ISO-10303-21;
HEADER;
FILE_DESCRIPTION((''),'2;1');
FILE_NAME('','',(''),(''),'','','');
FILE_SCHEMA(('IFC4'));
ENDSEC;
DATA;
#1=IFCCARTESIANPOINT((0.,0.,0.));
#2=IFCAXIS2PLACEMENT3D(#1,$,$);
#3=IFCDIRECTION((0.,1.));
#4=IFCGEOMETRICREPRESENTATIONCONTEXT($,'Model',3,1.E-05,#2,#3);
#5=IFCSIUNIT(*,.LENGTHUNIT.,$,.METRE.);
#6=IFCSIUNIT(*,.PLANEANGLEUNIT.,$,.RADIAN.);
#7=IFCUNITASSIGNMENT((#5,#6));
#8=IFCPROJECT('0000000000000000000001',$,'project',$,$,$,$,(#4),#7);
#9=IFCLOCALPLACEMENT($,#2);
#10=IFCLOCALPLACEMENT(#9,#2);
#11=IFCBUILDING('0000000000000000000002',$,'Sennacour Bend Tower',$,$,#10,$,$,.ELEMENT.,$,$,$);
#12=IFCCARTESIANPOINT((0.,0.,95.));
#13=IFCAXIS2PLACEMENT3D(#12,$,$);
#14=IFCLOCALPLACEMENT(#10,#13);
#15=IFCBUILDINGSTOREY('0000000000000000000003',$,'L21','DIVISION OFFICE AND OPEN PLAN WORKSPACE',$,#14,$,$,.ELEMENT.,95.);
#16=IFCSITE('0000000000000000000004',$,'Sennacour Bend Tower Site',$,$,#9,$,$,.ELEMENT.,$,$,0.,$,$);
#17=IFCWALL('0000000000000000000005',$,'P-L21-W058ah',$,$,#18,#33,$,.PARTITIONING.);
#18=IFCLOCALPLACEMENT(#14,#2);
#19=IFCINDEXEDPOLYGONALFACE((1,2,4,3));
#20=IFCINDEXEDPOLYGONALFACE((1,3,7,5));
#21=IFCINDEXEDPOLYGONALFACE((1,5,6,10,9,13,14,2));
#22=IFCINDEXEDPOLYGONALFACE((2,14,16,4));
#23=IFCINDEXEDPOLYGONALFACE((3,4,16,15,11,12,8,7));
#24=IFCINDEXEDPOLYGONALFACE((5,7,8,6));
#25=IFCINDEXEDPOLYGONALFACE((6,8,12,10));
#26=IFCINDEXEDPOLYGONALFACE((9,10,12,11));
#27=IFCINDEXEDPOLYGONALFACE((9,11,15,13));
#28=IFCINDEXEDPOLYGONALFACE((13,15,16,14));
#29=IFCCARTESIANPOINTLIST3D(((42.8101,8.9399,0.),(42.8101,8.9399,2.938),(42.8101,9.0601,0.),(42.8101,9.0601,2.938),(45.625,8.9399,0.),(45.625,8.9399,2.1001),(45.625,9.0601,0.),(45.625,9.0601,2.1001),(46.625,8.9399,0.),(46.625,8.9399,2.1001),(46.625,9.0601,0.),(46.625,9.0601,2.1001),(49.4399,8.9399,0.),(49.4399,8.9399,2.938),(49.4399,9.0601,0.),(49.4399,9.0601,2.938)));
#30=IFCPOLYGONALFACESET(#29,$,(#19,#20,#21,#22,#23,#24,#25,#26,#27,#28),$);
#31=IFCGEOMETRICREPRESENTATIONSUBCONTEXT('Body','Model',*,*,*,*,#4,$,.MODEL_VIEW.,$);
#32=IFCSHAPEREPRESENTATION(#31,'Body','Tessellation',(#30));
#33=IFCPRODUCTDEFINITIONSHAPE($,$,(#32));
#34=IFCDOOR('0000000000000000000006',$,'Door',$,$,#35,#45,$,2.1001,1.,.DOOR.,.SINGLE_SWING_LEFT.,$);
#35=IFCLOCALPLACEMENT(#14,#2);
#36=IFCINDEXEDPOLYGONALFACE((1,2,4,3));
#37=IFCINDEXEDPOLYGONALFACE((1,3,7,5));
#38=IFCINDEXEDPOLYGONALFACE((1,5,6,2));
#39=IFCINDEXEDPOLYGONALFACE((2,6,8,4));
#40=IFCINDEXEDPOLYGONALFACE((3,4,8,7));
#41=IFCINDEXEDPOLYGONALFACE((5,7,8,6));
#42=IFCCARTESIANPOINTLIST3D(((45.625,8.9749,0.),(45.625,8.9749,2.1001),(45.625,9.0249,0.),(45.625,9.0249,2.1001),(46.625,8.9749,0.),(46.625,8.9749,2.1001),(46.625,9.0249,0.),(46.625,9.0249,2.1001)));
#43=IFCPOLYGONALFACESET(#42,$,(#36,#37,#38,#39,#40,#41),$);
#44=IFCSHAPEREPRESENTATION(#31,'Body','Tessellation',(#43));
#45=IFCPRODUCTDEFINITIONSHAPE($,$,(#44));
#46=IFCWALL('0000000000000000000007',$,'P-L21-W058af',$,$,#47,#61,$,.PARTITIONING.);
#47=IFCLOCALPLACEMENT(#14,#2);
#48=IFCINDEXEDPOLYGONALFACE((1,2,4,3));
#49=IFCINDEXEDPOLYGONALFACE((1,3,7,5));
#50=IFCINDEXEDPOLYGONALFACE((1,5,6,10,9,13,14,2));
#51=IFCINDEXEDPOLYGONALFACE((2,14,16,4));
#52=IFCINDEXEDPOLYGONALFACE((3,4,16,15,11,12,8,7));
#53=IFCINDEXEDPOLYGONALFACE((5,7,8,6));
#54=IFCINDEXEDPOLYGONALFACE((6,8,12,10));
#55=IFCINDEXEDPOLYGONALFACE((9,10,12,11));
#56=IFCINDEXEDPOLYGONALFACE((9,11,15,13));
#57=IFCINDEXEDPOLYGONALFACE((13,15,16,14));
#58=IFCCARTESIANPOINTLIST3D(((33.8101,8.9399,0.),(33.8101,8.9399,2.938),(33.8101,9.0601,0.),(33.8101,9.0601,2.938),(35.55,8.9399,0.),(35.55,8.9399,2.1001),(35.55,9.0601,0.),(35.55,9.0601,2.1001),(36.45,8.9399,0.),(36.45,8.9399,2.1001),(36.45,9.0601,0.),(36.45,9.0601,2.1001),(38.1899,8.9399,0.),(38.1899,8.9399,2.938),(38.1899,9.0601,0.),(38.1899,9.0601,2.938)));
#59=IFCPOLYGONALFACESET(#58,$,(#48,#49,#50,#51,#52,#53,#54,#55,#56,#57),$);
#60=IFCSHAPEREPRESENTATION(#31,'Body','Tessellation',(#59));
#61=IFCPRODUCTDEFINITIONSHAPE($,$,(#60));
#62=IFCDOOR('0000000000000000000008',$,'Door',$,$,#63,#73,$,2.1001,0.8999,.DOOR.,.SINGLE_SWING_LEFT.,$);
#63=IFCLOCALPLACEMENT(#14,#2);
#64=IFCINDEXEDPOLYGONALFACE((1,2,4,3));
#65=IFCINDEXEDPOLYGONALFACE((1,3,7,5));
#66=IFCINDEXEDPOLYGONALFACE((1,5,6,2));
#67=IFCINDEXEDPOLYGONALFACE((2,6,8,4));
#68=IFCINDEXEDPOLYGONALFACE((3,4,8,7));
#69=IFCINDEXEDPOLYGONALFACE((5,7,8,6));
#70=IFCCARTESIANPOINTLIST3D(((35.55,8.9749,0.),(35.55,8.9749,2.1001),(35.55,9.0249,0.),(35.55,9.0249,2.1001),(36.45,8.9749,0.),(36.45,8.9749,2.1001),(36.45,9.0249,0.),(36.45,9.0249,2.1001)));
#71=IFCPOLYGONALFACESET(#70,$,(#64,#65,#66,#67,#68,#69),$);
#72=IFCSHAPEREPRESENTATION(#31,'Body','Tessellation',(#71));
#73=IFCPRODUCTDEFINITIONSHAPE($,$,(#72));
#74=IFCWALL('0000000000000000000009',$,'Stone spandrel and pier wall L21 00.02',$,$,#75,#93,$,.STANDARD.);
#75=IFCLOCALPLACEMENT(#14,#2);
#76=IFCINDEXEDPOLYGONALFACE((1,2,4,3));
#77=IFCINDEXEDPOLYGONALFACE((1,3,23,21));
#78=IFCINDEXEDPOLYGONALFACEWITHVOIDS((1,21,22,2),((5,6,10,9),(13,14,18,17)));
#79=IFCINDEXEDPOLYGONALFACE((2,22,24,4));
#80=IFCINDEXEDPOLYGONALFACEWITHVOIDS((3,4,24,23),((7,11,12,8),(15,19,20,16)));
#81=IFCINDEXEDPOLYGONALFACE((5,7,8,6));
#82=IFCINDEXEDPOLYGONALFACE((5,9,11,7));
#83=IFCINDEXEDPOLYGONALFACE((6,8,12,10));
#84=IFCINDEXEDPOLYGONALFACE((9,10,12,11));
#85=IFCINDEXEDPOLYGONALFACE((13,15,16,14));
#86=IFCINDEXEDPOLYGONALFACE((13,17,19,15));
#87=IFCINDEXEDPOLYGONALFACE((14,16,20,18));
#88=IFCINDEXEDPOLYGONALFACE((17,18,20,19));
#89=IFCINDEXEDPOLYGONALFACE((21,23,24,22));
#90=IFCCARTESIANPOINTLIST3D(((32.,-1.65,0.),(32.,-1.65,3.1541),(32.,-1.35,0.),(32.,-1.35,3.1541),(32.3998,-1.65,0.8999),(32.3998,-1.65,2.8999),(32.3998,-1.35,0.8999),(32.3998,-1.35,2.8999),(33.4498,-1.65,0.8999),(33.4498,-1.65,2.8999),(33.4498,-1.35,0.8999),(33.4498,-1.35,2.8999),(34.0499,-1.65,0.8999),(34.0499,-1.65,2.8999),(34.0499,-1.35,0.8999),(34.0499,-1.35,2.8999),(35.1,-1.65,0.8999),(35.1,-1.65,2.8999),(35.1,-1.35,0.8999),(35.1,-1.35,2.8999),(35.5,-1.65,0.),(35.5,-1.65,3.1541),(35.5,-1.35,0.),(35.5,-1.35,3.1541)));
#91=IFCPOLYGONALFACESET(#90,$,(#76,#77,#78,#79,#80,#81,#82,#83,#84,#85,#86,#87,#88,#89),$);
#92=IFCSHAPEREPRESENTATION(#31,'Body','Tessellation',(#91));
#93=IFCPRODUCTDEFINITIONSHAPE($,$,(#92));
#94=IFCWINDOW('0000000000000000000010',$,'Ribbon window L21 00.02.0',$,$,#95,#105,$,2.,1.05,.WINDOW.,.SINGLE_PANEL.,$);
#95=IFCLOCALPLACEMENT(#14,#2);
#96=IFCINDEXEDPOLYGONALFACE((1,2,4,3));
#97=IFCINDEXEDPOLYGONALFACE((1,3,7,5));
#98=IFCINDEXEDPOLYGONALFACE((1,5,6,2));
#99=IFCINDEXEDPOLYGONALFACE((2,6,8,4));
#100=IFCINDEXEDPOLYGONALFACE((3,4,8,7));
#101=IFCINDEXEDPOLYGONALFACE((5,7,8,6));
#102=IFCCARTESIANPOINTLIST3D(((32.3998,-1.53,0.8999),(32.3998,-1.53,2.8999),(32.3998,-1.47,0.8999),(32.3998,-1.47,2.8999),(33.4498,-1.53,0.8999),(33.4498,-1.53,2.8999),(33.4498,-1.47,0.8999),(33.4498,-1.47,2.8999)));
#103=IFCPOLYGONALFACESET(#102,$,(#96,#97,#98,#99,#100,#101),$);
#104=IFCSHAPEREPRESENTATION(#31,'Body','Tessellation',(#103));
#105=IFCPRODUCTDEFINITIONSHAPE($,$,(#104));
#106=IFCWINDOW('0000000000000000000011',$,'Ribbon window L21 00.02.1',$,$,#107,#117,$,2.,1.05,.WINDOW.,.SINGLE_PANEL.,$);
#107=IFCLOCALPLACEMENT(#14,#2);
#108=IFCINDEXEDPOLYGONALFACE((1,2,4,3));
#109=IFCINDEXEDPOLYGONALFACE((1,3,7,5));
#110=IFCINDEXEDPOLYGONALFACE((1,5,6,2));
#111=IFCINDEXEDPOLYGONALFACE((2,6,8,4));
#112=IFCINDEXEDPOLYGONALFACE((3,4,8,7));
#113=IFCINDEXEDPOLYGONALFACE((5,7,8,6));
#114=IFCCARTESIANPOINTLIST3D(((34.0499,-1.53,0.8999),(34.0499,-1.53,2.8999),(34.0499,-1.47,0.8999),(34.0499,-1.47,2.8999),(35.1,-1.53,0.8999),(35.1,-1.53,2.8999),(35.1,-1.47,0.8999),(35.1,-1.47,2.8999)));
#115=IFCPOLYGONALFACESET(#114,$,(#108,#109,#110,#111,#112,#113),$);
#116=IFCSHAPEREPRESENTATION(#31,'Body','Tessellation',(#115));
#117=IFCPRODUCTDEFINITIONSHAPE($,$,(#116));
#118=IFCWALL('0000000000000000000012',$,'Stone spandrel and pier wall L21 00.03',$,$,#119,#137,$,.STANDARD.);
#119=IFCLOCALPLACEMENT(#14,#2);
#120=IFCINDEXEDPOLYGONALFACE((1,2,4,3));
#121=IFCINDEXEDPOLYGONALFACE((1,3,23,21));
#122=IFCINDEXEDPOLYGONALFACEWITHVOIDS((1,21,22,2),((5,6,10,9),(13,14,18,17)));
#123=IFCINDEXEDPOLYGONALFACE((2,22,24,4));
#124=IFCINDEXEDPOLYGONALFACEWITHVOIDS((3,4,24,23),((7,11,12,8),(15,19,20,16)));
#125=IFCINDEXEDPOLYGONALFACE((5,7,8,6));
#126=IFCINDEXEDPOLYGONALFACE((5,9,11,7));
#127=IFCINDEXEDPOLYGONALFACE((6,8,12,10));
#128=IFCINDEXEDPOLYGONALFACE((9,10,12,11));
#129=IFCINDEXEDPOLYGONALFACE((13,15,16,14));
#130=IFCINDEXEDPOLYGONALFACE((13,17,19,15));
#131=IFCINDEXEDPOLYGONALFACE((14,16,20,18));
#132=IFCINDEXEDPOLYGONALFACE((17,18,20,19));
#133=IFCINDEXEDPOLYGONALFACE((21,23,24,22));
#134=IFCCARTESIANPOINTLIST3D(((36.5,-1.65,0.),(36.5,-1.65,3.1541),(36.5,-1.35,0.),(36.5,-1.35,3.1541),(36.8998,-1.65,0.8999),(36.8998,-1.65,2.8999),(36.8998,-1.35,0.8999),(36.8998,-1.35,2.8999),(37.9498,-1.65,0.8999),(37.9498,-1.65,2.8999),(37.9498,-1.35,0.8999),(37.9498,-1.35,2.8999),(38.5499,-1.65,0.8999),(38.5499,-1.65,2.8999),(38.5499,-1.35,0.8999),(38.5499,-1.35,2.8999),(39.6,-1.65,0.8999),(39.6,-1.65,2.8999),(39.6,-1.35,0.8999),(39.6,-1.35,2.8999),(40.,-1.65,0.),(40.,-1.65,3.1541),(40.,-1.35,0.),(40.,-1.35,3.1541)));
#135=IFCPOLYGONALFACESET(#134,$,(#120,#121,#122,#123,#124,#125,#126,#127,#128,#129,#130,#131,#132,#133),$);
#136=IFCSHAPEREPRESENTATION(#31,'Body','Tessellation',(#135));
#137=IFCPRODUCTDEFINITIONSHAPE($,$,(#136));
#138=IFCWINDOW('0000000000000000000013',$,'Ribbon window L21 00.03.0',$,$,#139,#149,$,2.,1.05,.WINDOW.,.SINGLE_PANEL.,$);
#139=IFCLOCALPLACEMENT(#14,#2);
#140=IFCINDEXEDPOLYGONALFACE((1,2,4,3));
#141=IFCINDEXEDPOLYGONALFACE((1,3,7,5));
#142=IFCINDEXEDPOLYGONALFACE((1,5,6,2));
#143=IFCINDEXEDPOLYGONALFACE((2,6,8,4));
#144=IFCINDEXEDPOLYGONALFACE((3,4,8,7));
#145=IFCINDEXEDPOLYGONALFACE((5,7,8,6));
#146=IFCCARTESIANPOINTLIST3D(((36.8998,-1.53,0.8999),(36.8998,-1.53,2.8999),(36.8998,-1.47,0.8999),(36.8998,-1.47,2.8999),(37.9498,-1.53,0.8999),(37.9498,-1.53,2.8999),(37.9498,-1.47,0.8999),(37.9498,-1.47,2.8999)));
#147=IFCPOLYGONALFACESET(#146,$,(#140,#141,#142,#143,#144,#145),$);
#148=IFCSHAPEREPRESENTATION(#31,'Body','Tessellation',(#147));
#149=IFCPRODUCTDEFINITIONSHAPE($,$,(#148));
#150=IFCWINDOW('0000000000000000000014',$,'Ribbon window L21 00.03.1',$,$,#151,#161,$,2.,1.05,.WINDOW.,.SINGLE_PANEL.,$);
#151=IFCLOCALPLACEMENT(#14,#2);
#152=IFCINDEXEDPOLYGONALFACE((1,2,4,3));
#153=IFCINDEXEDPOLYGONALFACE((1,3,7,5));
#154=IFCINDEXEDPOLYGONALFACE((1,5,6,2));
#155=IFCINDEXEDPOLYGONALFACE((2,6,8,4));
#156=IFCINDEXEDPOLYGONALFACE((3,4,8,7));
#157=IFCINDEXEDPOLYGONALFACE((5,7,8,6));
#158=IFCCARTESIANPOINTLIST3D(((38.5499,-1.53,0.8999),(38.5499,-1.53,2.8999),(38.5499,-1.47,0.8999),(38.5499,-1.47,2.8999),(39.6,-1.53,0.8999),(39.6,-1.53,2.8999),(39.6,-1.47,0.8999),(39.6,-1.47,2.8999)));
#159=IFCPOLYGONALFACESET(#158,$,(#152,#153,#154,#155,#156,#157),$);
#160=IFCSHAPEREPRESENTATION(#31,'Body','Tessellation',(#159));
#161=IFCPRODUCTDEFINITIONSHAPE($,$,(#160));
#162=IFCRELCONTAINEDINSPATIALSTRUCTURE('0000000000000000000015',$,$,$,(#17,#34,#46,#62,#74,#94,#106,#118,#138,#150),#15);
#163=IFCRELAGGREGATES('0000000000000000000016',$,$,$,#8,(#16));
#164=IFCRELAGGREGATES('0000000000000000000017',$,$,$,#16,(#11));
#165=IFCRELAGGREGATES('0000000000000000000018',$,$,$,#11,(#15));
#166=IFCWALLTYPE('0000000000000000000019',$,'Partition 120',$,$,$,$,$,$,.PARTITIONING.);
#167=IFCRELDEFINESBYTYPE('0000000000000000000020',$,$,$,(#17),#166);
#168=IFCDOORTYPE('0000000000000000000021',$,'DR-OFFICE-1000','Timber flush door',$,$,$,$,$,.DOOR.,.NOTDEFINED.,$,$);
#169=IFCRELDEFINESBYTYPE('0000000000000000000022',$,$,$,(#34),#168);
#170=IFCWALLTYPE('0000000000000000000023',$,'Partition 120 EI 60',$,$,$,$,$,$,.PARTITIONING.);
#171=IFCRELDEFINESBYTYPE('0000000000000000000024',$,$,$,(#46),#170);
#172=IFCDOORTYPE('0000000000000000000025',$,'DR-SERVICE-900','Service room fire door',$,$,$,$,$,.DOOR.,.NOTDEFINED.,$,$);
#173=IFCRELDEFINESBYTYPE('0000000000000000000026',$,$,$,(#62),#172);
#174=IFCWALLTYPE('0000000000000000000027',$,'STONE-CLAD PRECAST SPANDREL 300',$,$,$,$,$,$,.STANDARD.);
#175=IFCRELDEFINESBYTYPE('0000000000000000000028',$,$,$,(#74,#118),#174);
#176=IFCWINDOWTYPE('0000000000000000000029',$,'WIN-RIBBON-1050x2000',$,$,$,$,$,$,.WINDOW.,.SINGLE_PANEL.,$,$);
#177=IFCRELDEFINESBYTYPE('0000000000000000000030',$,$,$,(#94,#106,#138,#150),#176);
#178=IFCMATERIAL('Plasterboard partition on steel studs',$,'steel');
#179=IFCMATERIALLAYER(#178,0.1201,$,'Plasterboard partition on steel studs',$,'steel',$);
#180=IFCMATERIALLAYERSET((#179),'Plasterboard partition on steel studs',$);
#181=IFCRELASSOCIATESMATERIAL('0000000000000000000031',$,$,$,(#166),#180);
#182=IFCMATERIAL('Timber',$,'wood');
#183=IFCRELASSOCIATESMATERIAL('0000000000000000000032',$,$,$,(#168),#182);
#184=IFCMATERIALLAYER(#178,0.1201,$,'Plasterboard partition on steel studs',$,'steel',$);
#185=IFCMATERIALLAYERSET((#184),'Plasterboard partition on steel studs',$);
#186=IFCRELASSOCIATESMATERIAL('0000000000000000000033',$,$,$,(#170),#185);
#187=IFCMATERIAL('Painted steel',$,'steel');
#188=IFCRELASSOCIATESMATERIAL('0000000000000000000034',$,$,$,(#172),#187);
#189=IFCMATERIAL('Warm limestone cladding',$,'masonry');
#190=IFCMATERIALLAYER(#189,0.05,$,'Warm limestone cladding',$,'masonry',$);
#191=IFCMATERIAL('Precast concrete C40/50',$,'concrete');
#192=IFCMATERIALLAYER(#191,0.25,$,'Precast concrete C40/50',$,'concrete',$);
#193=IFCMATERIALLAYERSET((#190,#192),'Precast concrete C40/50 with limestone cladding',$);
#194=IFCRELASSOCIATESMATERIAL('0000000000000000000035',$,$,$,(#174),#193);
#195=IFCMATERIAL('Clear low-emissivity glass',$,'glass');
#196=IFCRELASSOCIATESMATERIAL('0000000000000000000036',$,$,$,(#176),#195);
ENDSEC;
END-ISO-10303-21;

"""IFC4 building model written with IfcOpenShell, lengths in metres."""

from ifc_helpers import new_model, si_unit, direction, frame, frame_2d, origin, place, context, subcontext, project, spatial, rectangle, extrude, material, layer, layer_set, type_object, element, fill, save


model = new_model("IFC4")

# Units and contexts
model_context = context("Model", 3, precision=1e-05, world=origin(), true_north=direction((0.0, 1.0)))
body_context = subcontext(model_context, "Body", "Model", "MODEL_VIEW")
ifc_project = project(units=[si_unit("LENGTHUNIT", "METRE"), si_unit("PLANEANGLEUNIT", "RADIAN")], contexts=[model_context])

# Site, building, storey
site_placement = place(None, origin())
site = spatial("IfcSite", under=ifc_project, at=site_placement, Name="Sennacour Bend Tower Site", CompositionType="ELEMENT", RefElevation=0.0)
building_placement = place(site_placement, origin())
building = spatial("IfcBuilding", under=site, at=building_placement, Name="Sennacour Bend Tower", CompositionType="ELEMENT")
storey_placement = place(building_placement, frame((0.0, 0.0, 95.0)))
storey = spatial("IfcBuildingStorey", under=building, at=storey_placement, Name="L21", Description="DIVISION OFFICE AND OPEN PLAN WORKSPACE", CompositionType="ELEMENT", Elevation=95.0)

# Shared definitions
ifc_material_1 = material(Name="Plasterboard partition on steel studs", Category="steel")
ifc_layer_1 = layer(ifc_material_1, 0.1201, Name="Plasterboard partition on steel studs", Category="steel")
ifc_layer_set_1 = layer_set([ifc_layer_1], Name="Plasterboard partition on steel studs")
wall_type_1 = type_object("IfcWallType", Name="Partition 120", PredefinedType="PARTITIONING", material=ifc_layer_set_1)

# Walls, openings, doors
ifc_material_2 = material(Name="Timber", Category="wood")
door_type_1 = type_object("IfcDoorType", Name="DR-OFFICE-1000", Description="Timber flush door", OperationType="NOTDEFINED", PredefinedType="DOOR", material=ifc_material_2)
wall_1_placement = place(storey_placement, frame((42.8101, 9.0, 0.0), z_axis=(0.0, 0.0, 1.0), x_axis=(1.0, 0.0, 0.0)))
wall_1 = element("IfcWall", 1, at=wall_1_placement, inside=storey, type_object=wall_type_1, Name="P-L21-W058ah", PredefinedType="PARTITIONING", context=body_context, shape_type="SweptSolid", body=[
    extrude(rectangle(XDim=6.6299, YDim=0.1201, at=frame_2d((3.3149, 0.0))), origin(), (0.0, 0.0, 1.0), 2.938),
])
opening_1_placement = place(wall_1_placement, frame((2.8149, 0.0, 0.0)))
opening_1 = element("IfcOpeningElement", 2, at=opening_1_placement, cuts=wall_1, PredefinedType="OPENING", context=body_context, shape_type="SweptSolid", body=[
    extrude(rectangle(XDim=1.0, YDim=2.1001, at=frame_2d((0.5, 1.05))), frame((0.0, 0.0701, 0.0), z_axis=(0.0, -1.0, 0.0), x_axis=(1.0, 0.0, 0.0)), (0.0, 0.0, 1.0), 0.1401),
])
door_1_placement = place(opening_1_placement, origin())
door_1 = element("IfcDoor", 3, at=door_1_placement, inside=storey, type_object=door_type_1, Name="Door", OperationType="SINGLE_SWING_LEFT", OverallHeight=2.1001, OverallWidth=1.0, PredefinedType="DOOR", context=body_context, shape_type="SweptSolid", body=[
    extrude(rectangle(XDim=1.0, YDim=2.1001, at=frame_2d((0.5, 1.05))), frame((0.0, 0.0249, 0.0), z_axis=(0.0, -1.0, 0.0), x_axis=(1.0, 0.0, 0.0)), (0.0, 0.0, 1.0), 0.05),
])
fill(opening_1, door_1)
ifc_layer_2 = layer(ifc_material_1, 0.1201, Name="Plasterboard partition on steel studs", Category="steel")
ifc_layer_set_2 = layer_set([ifc_layer_2], Name="Plasterboard partition on steel studs")
wall_type_2 = type_object("IfcWallType", Name="Partition 120 EI 60", PredefinedType="PARTITIONING", material=ifc_layer_set_2)
wall_2_placement = place(storey_placement, frame((33.8101, 9.0, 0.0), z_axis=(0.0, 0.0, 1.0), x_axis=(1.0, 0.0, 0.0)))
wall_2 = element("IfcWall", 4, at=wall_2_placement, inside=storey, type_object=wall_type_2, Name="P-L21-W058af", PredefinedType="PARTITIONING", context=body_context, shape_type="SweptSolid", body=[
    extrude(rectangle(XDim=4.3799, YDim=0.1201, at=frame_2d((2.1899, 0.0))), origin(), (0.0, 0.0, 1.0), 2.938),
])
opening_2_placement = place(wall_2_placement, frame((1.74, 0.0, 0.0)))
opening_2 = element("IfcOpeningElement", 5, at=opening_2_placement, cuts=wall_2, PredefinedType="OPENING", context=body_context, shape_type="SweptSolid", body=[
    extrude(rectangle(XDim=0.8999, YDim=2.1001, at=frame_2d((0.45, 1.05))), frame((0.0, 0.0701, 0.0), z_axis=(0.0, -1.0, 0.0), x_axis=(1.0, 0.0, 0.0)), (0.0, 0.0, 1.0), 0.1401),
])
ifc_material_3 = material(Name="Painted steel", Category="steel")
door_type_2 = type_object("IfcDoorType", Name="DR-SERVICE-900", Description="Service room fire door", OperationType="NOTDEFINED", PredefinedType="DOOR", material=ifc_material_3)
door_2_placement = place(opening_2_placement, origin())
door_2 = element("IfcDoor", 6, at=door_2_placement, inside=storey, type_object=door_type_2, Name="Door", OperationType="SINGLE_SWING_LEFT", OverallHeight=2.1001, OverallWidth=0.8999, PredefinedType="DOOR", context=body_context, shape_type="SweptSolid", body=[
    extrude(rectangle(XDim=0.8999, YDim=2.1001, at=frame_2d((0.45, 1.05))), frame((0.0, 0.0249, 0.0), z_axis=(0.0, -1.0, 0.0), x_axis=(1.0, 0.0, 0.0)), (0.0, 0.0, 1.0), 0.05),
])
fill(opening_2, door_2)

# Walls, openings, windows
ifc_material_4 = material(Name="Warm limestone cladding", Category="masonry")
ifc_layer_3 = layer(ifc_material_4, 0.05, Name="Warm limestone cladding", Category="masonry")
ifc_material_5 = material(Name="Precast concrete C40/50", Category="concrete")
ifc_layer_4 = layer(ifc_material_5, 0.25, Name="Precast concrete C40/50", Category="concrete")
ifc_layer_set_3 = layer_set([ifc_layer_3, ifc_layer_4], Name="Precast concrete C40/50 with limestone cladding")
wall_type_3 = type_object("IfcWallType", Name="STONE-CLAD PRECAST SPANDREL 300", PredefinedType="STANDARD", material=ifc_layer_set_3)
wall_3_placement = place(storey_placement, frame((32.0, -1.5, 0.0), z_axis=(0.0, 0.0, 1.0), x_axis=(1.0, 0.0, 0.0)))
wall_3 = element("IfcWall", 7, at=wall_3_placement, inside=storey, type_object=wall_type_3, Name="Stone spandrel and pier wall L21 00.02", PredefinedType="STANDARD", context=body_context, shape_type="SweptSolid", body=[
    extrude(rectangle(XDim=3.5, YDim=0.3, at=frame_2d((1.75, 0.0))), origin(), (0.0, 0.0, 1.0), 3.1541),
])
opening_3_placement = place(wall_3_placement, frame((0.3999, 0.0, 0.8999)))
opening_3 = element("IfcOpeningElement", 8, at=opening_3_placement, cuts=wall_3, PredefinedType="OPENING", context=body_context, shape_type="SweptSolid", body=[
    extrude(rectangle(XDim=1.05, YDim=2.0, at=frame_2d((0.5249, 1.0))), frame((0.0, 0.1602, 0.0), z_axis=(0.0, -1.0, 0.0), x_axis=(1.0, 0.0, 0.0)), (0.0, 0.0, 1.0), 0.3201),
])
opening_4_placement = place(wall_3_placement, frame((2.05, 0.0, 0.8999)))
opening_4 = element("IfcOpeningElement", 9, at=opening_4_placement, cuts=wall_3, PredefinedType="OPENING", context=body_context, shape_type="SweptSolid", body=[
    extrude(rectangle(XDim=1.05, YDim=2.0, at=frame_2d((0.5249, 1.0))), frame((0.0, 0.1602, 0.0), z_axis=(0.0, -1.0, 0.0), x_axis=(1.0, 0.0, 0.0)), (0.0, 0.0, 1.0), 0.3201),
])
ifc_material_6 = material(Name="Clear low-emissivity glass", Category="glass")
window_type = type_object("IfcWindowType", Name="WIN-RIBBON-1050x2000", PartitioningType="SINGLE_PANEL", PredefinedType="WINDOW", material=ifc_material_6)
window_1_placement = place(opening_3_placement, origin())
window_1 = element("IfcWindow", 10, at=window_1_placement, inside=storey, type_object=window_type, Name="Ribbon window L21 00.02.0", OverallHeight=2.0, OverallWidth=1.05, PartitioningType="SINGLE_PANEL", PredefinedType="WINDOW", context=body_context, shape_type="SweptSolid", body=[
    extrude(rectangle(XDim=1.05, YDim=2.0, at=frame_2d((0.5249, 1.0))), frame((0.0, 0.03, 0.0), z_axis=(0.0, -1.0, 0.0), x_axis=(1.0, 0.0, 0.0)), (0.0, 0.0, 1.0), 0.0601),
])
fill(opening_3, window_1)
window_2_placement = place(opening_4_placement, origin())
window_2 = element("IfcWindow", 11, at=window_2_placement, inside=storey, type_object=window_type, Name="Ribbon window L21 00.02.1", OverallHeight=2.0, OverallWidth=1.05, PartitioningType="SINGLE_PANEL", PredefinedType="WINDOW", context=body_context, shape_type="SweptSolid", body=[
    extrude(rectangle(XDim=1.05, YDim=2.0, at=frame_2d((0.5249, 1.0))), frame((0.0, 0.03, 0.0), z_axis=(0.0, -1.0, 0.0), x_axis=(1.0, 0.0, 0.0)), (0.0, 0.0, 1.0), 0.0601),
])
fill(opening_4, window_2)
wall_4_placement = place(storey_placement, frame((36.5, -1.5, 0.0), z_axis=(0.0, 0.0, 1.0), x_axis=(1.0, 0.0, 0.0)))
wall_4 = element("IfcWall", 12, at=wall_4_placement, inside=storey, type_object=wall_type_3, Name="Stone spandrel and pier wall L21 00.03", PredefinedType="STANDARD", context=body_context, shape_type="SweptSolid", body=[
    extrude(rectangle(XDim=3.5, YDim=0.3, at=frame_2d((1.75, 0.0))), origin(), (0.0, 0.0, 1.0), 3.1541),
])
opening_5_placement = place(wall_4_placement, frame((0.3999, 0.0, 0.8999)))
opening_5 = element("IfcOpeningElement", 13, at=opening_5_placement, cuts=wall_4, PredefinedType="OPENING", context=body_context, shape_type="SweptSolid", body=[
    extrude(rectangle(XDim=1.05, YDim=2.0, at=frame_2d((0.5249, 1.0))), frame((0.0, 0.1602, 0.0), z_axis=(0.0, -1.0, 0.0), x_axis=(1.0, 0.0, 0.0)), (0.0, 0.0, 1.0), 0.3201),
])
opening_6_placement = place(wall_4_placement, frame((2.05, 0.0, 0.8999)))
opening_6 = element("IfcOpeningElement", 14, at=opening_6_placement, cuts=wall_4, PredefinedType="OPENING", context=body_context, shape_type="SweptSolid", body=[
    extrude(rectangle(XDim=1.05, YDim=2.0, at=frame_2d((0.5249, 1.0))), frame((0.0, 0.1602, 0.0), z_axis=(0.0, -1.0, 0.0), x_axis=(1.0, 0.0, 0.0)), (0.0, 0.0, 1.0), 0.3201),
])
window_3_placement = place(opening_5_placement, origin())
window_3 = element("IfcWindow", 15, at=window_3_placement, inside=storey, type_object=window_type, Name="Ribbon window L21 00.03.0", OverallHeight=2.0, OverallWidth=1.05, PartitioningType="SINGLE_PANEL", PredefinedType="WINDOW", context=body_context, shape_type="SweptSolid", body=[
    extrude(rectangle(XDim=1.05, YDim=2.0, at=frame_2d((0.5249, 1.0))), frame((0.0, 0.03, 0.0), z_axis=(0.0, -1.0, 0.0), x_axis=(1.0, 0.0, 0.0)), (0.0, 0.0, 1.0), 0.0601),
])
fill(opening_5, window_3)
window_4_placement = place(opening_6_placement, origin())
window_4 = element("IfcWindow", 16, at=window_4_placement, inside=storey, type_object=window_type, Name="Ribbon window L21 00.03.1", OverallHeight=2.0, OverallWidth=1.05, PartitioningType="SINGLE_PANEL", PredefinedType="WINDOW", context=body_context, shape_type="SweptSolid", body=[
    extrude(rectangle(XDim=1.05, YDim=2.0, at=frame_2d((0.5249, 1.0))), frame((0.0, 0.03, 0.0), z_axis=(0.0, -1.0, 0.0), x_axis=(1.0, 0.0, 0.0)), (0.0, 0.0, 1.0), 0.0601),
])
fill(opening_6, window_4)

save(model, "model.ifc")
